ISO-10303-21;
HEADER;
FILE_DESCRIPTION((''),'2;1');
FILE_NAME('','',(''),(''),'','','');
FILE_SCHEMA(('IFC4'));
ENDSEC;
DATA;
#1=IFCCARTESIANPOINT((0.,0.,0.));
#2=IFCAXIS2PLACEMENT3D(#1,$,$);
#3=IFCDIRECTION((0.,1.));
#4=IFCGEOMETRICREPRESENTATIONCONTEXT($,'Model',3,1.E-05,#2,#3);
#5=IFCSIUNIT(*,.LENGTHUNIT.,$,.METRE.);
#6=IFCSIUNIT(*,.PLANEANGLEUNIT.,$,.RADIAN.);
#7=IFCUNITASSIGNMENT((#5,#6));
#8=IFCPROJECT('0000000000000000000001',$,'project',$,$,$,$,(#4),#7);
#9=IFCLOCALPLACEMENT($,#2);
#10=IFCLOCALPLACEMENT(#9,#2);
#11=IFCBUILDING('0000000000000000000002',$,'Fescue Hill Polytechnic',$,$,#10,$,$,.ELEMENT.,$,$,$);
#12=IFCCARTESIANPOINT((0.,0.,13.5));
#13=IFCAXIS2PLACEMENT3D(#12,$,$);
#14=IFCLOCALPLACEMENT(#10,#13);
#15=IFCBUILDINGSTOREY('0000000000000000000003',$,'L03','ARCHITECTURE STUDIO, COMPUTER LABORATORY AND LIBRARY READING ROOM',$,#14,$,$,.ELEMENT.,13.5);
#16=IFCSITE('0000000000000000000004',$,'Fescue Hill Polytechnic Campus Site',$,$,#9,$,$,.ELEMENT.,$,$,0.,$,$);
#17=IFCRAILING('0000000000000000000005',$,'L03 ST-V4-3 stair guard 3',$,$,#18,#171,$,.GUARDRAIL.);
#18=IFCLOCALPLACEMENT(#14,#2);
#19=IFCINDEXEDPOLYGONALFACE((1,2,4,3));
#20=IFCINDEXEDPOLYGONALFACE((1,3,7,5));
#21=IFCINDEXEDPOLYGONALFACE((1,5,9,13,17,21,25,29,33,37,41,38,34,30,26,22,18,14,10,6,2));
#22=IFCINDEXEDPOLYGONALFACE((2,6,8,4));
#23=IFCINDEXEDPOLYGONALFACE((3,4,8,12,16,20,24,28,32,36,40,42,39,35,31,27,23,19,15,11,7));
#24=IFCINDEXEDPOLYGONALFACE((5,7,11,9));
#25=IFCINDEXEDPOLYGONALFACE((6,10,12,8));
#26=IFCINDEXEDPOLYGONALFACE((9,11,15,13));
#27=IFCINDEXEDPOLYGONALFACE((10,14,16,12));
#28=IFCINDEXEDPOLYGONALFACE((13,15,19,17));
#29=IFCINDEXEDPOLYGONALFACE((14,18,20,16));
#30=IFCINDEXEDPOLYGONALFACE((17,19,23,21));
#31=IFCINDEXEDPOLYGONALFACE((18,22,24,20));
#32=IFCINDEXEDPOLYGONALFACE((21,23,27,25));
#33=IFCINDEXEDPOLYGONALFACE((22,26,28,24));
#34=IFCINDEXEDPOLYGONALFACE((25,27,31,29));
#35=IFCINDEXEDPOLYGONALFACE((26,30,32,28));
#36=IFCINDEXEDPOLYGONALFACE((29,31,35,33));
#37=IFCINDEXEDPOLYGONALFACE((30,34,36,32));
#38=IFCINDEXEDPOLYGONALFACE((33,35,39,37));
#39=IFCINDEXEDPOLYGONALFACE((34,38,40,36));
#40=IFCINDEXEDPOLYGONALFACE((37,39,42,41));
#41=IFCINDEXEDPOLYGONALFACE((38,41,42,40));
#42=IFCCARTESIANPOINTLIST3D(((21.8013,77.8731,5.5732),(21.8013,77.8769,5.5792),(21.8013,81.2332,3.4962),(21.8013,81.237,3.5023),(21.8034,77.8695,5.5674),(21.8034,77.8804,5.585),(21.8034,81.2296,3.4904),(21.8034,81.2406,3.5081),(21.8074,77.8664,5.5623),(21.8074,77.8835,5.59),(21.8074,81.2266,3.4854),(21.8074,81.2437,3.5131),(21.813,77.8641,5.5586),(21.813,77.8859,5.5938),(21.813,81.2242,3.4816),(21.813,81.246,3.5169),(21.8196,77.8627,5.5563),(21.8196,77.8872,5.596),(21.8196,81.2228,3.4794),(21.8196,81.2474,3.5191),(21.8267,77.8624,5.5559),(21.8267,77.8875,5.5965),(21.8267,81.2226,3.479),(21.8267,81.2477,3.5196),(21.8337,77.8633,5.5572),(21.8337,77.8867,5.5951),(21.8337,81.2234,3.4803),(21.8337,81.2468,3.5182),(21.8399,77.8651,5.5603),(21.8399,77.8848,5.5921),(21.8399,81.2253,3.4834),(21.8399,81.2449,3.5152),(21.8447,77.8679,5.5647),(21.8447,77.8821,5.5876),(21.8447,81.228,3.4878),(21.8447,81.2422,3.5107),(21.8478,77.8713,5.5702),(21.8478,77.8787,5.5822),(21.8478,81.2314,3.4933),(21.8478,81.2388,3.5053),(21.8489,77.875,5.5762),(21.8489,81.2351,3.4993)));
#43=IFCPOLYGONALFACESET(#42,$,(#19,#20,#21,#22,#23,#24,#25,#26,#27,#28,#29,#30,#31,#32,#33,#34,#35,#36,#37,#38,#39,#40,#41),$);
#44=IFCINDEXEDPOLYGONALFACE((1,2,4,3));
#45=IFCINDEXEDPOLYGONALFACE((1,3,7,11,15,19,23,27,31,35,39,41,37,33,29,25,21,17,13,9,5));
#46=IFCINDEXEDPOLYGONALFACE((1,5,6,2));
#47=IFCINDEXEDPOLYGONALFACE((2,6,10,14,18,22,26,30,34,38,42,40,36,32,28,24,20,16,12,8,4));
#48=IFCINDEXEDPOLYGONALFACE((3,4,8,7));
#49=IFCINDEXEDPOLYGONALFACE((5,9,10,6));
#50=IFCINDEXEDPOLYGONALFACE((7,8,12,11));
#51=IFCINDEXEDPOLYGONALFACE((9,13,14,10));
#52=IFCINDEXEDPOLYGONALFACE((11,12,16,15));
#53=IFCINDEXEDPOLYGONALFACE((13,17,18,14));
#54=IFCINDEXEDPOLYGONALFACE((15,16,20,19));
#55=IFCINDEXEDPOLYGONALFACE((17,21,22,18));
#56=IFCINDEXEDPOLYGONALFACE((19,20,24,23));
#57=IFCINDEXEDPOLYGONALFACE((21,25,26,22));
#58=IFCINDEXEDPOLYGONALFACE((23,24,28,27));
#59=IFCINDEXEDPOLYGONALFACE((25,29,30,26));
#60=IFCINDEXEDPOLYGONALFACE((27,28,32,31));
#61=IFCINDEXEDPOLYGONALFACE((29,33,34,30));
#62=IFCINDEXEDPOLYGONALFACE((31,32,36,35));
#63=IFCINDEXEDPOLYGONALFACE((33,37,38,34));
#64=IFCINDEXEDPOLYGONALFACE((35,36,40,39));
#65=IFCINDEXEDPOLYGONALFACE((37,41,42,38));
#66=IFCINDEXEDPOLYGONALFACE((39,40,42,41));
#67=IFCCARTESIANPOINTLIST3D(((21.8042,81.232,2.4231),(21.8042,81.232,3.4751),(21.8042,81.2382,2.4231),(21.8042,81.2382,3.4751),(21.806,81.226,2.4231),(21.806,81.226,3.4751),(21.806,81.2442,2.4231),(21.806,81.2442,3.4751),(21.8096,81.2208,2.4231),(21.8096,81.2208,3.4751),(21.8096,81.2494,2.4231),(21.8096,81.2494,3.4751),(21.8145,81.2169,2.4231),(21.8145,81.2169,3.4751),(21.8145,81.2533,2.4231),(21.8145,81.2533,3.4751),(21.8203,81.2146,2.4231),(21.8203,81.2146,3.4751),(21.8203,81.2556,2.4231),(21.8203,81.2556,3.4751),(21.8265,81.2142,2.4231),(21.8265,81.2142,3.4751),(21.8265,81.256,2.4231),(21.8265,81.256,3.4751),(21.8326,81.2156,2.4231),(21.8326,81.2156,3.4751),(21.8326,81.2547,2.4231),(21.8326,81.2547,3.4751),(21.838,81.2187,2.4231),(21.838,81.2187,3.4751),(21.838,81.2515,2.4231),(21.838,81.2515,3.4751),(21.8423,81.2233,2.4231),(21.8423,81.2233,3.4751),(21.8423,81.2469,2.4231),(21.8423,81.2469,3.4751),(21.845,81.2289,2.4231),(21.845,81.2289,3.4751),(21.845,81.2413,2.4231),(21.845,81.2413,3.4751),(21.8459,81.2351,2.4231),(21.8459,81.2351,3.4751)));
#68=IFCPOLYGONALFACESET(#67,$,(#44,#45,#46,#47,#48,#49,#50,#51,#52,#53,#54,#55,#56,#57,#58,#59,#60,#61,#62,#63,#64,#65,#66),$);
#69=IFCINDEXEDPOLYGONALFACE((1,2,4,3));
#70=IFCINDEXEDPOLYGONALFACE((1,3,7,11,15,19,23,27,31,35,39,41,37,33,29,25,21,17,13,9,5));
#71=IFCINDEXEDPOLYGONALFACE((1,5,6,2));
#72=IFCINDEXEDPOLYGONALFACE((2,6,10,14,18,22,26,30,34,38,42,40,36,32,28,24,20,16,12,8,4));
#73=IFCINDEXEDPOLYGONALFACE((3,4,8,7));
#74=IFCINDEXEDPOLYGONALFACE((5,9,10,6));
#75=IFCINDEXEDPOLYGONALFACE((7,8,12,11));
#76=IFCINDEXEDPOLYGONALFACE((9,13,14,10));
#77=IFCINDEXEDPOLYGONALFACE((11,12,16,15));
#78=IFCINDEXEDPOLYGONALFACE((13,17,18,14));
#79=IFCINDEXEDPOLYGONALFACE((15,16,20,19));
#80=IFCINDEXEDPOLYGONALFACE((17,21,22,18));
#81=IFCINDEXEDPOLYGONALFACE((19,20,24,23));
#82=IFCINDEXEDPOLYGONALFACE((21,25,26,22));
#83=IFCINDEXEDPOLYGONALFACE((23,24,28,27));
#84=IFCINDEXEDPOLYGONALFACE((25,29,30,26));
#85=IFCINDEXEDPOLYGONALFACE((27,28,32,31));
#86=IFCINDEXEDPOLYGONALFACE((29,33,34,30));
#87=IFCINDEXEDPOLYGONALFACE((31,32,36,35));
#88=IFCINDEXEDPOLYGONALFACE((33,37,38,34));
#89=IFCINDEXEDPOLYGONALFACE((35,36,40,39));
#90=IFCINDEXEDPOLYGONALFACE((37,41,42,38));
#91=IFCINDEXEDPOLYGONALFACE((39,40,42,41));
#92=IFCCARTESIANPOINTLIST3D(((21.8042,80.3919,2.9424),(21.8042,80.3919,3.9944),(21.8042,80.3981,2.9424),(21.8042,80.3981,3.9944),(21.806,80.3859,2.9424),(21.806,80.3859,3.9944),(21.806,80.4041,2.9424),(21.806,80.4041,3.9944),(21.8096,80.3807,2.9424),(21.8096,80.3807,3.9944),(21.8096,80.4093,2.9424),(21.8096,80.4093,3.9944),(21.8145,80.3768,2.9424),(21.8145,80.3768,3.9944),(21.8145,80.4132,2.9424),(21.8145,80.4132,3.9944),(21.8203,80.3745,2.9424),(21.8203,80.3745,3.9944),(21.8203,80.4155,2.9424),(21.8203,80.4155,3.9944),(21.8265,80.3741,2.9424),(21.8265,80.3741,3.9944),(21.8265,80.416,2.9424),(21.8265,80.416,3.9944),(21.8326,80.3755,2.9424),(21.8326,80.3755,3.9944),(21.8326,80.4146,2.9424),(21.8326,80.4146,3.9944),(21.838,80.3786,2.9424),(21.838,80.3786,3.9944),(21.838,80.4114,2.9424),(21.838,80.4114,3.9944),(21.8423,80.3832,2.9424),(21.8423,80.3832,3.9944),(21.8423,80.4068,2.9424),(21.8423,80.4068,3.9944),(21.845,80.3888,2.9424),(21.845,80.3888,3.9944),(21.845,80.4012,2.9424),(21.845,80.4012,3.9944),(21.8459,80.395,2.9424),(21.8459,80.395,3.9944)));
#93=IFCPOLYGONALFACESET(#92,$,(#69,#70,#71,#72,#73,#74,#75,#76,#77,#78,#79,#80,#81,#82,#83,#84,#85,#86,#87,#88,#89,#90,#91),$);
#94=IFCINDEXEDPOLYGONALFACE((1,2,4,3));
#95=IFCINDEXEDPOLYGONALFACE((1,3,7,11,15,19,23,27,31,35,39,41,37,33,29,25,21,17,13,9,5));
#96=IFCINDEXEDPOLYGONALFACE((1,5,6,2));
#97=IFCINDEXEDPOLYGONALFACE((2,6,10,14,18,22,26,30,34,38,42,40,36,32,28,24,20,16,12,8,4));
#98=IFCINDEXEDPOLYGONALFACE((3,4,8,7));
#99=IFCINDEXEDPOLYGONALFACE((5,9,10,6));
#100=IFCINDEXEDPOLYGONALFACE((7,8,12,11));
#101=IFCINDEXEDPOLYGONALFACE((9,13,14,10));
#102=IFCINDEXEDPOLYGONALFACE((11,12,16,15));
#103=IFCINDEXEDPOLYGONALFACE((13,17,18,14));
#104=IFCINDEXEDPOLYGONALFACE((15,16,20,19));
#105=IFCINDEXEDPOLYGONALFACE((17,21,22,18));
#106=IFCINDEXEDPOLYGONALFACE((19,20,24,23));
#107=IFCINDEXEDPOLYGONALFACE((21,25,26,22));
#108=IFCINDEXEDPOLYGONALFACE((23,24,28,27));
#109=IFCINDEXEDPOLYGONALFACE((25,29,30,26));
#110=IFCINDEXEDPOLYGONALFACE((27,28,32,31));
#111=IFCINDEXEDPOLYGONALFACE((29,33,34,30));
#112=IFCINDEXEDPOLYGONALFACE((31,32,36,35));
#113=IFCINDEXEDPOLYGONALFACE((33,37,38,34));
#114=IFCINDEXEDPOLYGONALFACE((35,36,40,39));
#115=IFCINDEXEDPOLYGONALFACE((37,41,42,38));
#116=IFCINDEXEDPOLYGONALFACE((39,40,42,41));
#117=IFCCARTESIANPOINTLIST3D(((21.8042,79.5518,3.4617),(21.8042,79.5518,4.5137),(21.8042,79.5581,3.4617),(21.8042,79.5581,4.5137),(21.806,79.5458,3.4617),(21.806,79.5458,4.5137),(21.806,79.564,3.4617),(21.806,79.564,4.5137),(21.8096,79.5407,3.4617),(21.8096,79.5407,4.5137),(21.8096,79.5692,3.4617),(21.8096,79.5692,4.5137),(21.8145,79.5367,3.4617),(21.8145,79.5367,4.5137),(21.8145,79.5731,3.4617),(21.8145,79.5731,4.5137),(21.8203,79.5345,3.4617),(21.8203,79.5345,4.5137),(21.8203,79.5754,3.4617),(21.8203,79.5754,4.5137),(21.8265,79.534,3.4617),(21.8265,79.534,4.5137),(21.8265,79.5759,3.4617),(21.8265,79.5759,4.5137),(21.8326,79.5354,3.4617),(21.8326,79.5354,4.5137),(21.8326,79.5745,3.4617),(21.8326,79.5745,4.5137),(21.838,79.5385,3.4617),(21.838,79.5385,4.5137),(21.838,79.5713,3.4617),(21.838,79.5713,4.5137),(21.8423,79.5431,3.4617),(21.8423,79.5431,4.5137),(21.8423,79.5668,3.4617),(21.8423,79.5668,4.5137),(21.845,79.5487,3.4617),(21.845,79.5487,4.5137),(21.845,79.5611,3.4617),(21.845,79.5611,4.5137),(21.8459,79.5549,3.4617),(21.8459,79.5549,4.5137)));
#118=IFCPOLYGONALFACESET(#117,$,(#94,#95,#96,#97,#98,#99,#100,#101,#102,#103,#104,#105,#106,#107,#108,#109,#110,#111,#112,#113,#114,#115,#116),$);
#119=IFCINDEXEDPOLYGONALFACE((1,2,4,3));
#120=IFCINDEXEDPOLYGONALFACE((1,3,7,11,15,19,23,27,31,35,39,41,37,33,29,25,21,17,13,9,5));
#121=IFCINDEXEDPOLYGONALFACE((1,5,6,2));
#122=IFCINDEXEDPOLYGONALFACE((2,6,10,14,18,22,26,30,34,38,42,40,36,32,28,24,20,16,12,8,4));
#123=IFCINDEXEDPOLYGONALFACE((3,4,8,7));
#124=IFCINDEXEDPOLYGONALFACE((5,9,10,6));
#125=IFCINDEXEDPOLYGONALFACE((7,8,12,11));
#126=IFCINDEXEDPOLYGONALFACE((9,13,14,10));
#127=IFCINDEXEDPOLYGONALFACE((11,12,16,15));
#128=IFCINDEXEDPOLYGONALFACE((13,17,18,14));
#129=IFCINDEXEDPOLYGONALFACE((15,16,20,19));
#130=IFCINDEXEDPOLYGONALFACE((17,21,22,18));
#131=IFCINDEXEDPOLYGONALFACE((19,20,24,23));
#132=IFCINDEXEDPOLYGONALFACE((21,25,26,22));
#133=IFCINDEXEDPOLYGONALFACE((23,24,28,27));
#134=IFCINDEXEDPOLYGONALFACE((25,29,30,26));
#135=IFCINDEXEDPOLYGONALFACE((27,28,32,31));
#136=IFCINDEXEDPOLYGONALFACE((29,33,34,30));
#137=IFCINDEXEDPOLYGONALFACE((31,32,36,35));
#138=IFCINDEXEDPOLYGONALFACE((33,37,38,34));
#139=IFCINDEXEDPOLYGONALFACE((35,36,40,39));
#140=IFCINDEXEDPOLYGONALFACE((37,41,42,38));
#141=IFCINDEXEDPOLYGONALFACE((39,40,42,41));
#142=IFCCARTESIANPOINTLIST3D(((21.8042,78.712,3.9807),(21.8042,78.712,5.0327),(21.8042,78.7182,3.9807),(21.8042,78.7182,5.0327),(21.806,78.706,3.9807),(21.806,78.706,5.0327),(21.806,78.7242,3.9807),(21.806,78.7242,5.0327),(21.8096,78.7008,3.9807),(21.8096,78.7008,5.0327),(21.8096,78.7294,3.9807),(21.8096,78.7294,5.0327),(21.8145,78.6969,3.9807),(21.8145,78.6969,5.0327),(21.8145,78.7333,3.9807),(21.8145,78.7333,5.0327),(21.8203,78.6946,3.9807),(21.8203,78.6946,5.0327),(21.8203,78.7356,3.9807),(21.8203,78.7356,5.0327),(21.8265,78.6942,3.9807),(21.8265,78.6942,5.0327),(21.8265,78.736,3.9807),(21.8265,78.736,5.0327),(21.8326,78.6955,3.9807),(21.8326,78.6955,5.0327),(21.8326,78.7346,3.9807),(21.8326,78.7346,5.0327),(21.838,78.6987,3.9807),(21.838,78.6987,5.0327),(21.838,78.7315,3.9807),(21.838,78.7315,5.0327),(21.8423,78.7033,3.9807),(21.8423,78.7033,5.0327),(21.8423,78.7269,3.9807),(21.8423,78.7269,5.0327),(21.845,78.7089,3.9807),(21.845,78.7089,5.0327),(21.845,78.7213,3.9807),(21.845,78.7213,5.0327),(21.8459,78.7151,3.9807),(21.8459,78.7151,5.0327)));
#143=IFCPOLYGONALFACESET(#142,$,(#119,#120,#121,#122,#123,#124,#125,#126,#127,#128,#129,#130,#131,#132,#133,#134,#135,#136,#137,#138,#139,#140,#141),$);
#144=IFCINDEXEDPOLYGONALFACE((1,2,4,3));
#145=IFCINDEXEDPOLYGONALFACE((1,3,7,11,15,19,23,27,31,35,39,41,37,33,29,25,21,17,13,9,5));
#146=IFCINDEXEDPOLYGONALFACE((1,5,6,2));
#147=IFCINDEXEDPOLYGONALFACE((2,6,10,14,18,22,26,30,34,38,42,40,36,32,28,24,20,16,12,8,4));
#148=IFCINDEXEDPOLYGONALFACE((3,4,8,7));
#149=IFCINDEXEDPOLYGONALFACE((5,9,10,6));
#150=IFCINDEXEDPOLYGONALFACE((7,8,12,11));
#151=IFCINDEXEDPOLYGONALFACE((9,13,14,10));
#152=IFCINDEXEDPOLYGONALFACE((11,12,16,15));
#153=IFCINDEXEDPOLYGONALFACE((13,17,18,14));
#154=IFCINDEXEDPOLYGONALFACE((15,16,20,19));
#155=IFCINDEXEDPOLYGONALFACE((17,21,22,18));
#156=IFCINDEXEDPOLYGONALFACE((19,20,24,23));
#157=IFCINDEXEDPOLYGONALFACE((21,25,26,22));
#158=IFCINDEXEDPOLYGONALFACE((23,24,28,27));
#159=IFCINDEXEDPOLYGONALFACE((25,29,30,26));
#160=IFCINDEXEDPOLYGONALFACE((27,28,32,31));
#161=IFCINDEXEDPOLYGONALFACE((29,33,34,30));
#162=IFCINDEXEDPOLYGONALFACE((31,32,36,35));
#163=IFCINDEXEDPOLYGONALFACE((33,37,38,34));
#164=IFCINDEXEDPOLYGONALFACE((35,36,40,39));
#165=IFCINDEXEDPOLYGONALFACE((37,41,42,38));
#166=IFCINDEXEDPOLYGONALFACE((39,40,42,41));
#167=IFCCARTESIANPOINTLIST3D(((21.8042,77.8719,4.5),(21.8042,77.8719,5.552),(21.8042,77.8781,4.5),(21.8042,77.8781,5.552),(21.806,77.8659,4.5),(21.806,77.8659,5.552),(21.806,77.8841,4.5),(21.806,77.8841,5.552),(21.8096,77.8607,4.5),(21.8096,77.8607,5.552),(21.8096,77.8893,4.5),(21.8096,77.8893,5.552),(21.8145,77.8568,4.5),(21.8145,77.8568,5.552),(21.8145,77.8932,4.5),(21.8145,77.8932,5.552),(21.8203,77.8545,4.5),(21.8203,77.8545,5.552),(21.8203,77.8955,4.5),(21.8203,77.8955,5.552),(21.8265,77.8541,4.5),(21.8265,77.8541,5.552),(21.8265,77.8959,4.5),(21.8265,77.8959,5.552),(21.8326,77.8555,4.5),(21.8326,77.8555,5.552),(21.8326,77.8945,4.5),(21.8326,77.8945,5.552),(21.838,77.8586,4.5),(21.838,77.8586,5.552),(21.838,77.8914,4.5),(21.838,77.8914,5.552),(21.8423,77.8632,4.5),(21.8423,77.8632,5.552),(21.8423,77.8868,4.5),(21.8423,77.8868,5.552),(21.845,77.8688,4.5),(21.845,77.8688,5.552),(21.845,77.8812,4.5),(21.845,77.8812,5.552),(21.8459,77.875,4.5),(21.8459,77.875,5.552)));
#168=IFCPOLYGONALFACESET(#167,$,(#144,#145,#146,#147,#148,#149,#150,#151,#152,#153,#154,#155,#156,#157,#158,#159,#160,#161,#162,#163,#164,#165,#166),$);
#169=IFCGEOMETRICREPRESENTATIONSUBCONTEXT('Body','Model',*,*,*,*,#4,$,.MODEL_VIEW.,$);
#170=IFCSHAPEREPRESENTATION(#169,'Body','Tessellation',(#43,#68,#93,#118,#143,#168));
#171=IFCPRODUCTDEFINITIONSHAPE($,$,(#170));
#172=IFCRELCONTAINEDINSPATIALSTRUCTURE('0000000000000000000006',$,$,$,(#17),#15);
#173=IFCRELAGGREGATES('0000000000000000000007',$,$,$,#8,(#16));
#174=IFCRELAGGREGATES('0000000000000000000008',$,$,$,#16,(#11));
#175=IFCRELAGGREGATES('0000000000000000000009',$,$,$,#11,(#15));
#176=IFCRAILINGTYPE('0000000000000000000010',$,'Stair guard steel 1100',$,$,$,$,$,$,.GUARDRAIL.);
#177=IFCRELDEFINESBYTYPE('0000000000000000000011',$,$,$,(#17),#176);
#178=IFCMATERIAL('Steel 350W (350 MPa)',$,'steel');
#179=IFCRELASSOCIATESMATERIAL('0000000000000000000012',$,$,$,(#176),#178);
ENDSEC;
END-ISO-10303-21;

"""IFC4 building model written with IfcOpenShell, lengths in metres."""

from ifc_helpers import new_model, si_unit, direction, frame, origin, origin_2d, place, context, subcontext, project, spatial, circle, extrude, material, type_object, element, save


model = new_model("IFC4")

# Units and contexts
model_context = context("Model", 3, precision=1e-05, world=origin(), true_north=direction((0.0, 1.0)))
body_context = subcontext(model_context, "Body", "Model", "MODEL_VIEW")
ifc_project = project(units=[si_unit("LENGTHUNIT", "METRE"), si_unit("PLANEANGLEUNIT", "RADIAN")], contexts=[model_context])

# Site, building, storey
site_placement = place(None, origin())
site = spatial("IfcSite", under=ifc_project, at=site_placement, Name="Fescue Hill Polytechnic Campus Site", CompositionType="ELEMENT", RefElevation=0.0)
building_placement = place(site_placement, origin())
building = spatial("IfcBuilding", under=site, at=building_placement, Name="Fescue Hill Polytechnic", CompositionType="ELEMENT")
storey_placement = place(building_placement, frame((0.0, 0.0, 13.5)))
storey = spatial("IfcBuildingStorey", under=building, at=storey_placement, Name="L03", Description="ARCHITECTURE STUDIO, COMPUTER LABORATORY AND LIBRARY READING ROOM", CompositionType="ELEMENT", Elevation=13.5)

# Railing
ifc_material_1 = material(Name="Steel 350W (350 MPa)", Category="steel")
railing_type_1 = type_object("IfcRailingType", Name="Stair guard steel 1100", PredefinedType="GUARDRAIL", material=ifc_material_1)
railing_1_placement = place(storey_placement, frame((21.825, 81.2351, 2.4231)))
element("IfcRailing", 1, at=railing_1_placement, inside=storey, type_object=railing_type_1, Name="L03 ST-V4-3 stair guard 3", PredefinedType="GUARDRAIL", context=body_context, shape_type="SweptSolid", body=[
    extrude(circle(Radius=0.0239, at=origin_2d()), frame((0.0, 0.0, 1.0762), z_axis=(0.0, -0.850623, 0.525776), x_axis=(1.0, 0.0, 0.0)), (0.0, 0.0, 1.0), 3.9502),
    extrude(circle(Radius=0.021, at=origin_2d()), origin(), (0.0, 0.0, 1.0), 1.052),
    extrude(circle(Radius=0.021, at=origin_2d()), frame((0.0, -0.8401, 0.5193)), (0.0, 0.0, 1.0), 1.052),
    extrude(circle(Radius=0.021, at=origin_2d()), frame((0.0, -1.6802, 1.0386)), (0.0, 0.0, 1.0), 1.052),
    extrude(circle(Radius=0.021, at=origin_2d()), frame((0.0, -2.52, 1.5576)), (0.0, 0.0, 1.0), 1.052),
    extrude(circle(Radius=0.021, at=origin_2d()), frame((0.0, -3.3601, 2.0769)), (0.0, 0.0, 1.0), 1.052),
])

save(model, "model.ifc")
